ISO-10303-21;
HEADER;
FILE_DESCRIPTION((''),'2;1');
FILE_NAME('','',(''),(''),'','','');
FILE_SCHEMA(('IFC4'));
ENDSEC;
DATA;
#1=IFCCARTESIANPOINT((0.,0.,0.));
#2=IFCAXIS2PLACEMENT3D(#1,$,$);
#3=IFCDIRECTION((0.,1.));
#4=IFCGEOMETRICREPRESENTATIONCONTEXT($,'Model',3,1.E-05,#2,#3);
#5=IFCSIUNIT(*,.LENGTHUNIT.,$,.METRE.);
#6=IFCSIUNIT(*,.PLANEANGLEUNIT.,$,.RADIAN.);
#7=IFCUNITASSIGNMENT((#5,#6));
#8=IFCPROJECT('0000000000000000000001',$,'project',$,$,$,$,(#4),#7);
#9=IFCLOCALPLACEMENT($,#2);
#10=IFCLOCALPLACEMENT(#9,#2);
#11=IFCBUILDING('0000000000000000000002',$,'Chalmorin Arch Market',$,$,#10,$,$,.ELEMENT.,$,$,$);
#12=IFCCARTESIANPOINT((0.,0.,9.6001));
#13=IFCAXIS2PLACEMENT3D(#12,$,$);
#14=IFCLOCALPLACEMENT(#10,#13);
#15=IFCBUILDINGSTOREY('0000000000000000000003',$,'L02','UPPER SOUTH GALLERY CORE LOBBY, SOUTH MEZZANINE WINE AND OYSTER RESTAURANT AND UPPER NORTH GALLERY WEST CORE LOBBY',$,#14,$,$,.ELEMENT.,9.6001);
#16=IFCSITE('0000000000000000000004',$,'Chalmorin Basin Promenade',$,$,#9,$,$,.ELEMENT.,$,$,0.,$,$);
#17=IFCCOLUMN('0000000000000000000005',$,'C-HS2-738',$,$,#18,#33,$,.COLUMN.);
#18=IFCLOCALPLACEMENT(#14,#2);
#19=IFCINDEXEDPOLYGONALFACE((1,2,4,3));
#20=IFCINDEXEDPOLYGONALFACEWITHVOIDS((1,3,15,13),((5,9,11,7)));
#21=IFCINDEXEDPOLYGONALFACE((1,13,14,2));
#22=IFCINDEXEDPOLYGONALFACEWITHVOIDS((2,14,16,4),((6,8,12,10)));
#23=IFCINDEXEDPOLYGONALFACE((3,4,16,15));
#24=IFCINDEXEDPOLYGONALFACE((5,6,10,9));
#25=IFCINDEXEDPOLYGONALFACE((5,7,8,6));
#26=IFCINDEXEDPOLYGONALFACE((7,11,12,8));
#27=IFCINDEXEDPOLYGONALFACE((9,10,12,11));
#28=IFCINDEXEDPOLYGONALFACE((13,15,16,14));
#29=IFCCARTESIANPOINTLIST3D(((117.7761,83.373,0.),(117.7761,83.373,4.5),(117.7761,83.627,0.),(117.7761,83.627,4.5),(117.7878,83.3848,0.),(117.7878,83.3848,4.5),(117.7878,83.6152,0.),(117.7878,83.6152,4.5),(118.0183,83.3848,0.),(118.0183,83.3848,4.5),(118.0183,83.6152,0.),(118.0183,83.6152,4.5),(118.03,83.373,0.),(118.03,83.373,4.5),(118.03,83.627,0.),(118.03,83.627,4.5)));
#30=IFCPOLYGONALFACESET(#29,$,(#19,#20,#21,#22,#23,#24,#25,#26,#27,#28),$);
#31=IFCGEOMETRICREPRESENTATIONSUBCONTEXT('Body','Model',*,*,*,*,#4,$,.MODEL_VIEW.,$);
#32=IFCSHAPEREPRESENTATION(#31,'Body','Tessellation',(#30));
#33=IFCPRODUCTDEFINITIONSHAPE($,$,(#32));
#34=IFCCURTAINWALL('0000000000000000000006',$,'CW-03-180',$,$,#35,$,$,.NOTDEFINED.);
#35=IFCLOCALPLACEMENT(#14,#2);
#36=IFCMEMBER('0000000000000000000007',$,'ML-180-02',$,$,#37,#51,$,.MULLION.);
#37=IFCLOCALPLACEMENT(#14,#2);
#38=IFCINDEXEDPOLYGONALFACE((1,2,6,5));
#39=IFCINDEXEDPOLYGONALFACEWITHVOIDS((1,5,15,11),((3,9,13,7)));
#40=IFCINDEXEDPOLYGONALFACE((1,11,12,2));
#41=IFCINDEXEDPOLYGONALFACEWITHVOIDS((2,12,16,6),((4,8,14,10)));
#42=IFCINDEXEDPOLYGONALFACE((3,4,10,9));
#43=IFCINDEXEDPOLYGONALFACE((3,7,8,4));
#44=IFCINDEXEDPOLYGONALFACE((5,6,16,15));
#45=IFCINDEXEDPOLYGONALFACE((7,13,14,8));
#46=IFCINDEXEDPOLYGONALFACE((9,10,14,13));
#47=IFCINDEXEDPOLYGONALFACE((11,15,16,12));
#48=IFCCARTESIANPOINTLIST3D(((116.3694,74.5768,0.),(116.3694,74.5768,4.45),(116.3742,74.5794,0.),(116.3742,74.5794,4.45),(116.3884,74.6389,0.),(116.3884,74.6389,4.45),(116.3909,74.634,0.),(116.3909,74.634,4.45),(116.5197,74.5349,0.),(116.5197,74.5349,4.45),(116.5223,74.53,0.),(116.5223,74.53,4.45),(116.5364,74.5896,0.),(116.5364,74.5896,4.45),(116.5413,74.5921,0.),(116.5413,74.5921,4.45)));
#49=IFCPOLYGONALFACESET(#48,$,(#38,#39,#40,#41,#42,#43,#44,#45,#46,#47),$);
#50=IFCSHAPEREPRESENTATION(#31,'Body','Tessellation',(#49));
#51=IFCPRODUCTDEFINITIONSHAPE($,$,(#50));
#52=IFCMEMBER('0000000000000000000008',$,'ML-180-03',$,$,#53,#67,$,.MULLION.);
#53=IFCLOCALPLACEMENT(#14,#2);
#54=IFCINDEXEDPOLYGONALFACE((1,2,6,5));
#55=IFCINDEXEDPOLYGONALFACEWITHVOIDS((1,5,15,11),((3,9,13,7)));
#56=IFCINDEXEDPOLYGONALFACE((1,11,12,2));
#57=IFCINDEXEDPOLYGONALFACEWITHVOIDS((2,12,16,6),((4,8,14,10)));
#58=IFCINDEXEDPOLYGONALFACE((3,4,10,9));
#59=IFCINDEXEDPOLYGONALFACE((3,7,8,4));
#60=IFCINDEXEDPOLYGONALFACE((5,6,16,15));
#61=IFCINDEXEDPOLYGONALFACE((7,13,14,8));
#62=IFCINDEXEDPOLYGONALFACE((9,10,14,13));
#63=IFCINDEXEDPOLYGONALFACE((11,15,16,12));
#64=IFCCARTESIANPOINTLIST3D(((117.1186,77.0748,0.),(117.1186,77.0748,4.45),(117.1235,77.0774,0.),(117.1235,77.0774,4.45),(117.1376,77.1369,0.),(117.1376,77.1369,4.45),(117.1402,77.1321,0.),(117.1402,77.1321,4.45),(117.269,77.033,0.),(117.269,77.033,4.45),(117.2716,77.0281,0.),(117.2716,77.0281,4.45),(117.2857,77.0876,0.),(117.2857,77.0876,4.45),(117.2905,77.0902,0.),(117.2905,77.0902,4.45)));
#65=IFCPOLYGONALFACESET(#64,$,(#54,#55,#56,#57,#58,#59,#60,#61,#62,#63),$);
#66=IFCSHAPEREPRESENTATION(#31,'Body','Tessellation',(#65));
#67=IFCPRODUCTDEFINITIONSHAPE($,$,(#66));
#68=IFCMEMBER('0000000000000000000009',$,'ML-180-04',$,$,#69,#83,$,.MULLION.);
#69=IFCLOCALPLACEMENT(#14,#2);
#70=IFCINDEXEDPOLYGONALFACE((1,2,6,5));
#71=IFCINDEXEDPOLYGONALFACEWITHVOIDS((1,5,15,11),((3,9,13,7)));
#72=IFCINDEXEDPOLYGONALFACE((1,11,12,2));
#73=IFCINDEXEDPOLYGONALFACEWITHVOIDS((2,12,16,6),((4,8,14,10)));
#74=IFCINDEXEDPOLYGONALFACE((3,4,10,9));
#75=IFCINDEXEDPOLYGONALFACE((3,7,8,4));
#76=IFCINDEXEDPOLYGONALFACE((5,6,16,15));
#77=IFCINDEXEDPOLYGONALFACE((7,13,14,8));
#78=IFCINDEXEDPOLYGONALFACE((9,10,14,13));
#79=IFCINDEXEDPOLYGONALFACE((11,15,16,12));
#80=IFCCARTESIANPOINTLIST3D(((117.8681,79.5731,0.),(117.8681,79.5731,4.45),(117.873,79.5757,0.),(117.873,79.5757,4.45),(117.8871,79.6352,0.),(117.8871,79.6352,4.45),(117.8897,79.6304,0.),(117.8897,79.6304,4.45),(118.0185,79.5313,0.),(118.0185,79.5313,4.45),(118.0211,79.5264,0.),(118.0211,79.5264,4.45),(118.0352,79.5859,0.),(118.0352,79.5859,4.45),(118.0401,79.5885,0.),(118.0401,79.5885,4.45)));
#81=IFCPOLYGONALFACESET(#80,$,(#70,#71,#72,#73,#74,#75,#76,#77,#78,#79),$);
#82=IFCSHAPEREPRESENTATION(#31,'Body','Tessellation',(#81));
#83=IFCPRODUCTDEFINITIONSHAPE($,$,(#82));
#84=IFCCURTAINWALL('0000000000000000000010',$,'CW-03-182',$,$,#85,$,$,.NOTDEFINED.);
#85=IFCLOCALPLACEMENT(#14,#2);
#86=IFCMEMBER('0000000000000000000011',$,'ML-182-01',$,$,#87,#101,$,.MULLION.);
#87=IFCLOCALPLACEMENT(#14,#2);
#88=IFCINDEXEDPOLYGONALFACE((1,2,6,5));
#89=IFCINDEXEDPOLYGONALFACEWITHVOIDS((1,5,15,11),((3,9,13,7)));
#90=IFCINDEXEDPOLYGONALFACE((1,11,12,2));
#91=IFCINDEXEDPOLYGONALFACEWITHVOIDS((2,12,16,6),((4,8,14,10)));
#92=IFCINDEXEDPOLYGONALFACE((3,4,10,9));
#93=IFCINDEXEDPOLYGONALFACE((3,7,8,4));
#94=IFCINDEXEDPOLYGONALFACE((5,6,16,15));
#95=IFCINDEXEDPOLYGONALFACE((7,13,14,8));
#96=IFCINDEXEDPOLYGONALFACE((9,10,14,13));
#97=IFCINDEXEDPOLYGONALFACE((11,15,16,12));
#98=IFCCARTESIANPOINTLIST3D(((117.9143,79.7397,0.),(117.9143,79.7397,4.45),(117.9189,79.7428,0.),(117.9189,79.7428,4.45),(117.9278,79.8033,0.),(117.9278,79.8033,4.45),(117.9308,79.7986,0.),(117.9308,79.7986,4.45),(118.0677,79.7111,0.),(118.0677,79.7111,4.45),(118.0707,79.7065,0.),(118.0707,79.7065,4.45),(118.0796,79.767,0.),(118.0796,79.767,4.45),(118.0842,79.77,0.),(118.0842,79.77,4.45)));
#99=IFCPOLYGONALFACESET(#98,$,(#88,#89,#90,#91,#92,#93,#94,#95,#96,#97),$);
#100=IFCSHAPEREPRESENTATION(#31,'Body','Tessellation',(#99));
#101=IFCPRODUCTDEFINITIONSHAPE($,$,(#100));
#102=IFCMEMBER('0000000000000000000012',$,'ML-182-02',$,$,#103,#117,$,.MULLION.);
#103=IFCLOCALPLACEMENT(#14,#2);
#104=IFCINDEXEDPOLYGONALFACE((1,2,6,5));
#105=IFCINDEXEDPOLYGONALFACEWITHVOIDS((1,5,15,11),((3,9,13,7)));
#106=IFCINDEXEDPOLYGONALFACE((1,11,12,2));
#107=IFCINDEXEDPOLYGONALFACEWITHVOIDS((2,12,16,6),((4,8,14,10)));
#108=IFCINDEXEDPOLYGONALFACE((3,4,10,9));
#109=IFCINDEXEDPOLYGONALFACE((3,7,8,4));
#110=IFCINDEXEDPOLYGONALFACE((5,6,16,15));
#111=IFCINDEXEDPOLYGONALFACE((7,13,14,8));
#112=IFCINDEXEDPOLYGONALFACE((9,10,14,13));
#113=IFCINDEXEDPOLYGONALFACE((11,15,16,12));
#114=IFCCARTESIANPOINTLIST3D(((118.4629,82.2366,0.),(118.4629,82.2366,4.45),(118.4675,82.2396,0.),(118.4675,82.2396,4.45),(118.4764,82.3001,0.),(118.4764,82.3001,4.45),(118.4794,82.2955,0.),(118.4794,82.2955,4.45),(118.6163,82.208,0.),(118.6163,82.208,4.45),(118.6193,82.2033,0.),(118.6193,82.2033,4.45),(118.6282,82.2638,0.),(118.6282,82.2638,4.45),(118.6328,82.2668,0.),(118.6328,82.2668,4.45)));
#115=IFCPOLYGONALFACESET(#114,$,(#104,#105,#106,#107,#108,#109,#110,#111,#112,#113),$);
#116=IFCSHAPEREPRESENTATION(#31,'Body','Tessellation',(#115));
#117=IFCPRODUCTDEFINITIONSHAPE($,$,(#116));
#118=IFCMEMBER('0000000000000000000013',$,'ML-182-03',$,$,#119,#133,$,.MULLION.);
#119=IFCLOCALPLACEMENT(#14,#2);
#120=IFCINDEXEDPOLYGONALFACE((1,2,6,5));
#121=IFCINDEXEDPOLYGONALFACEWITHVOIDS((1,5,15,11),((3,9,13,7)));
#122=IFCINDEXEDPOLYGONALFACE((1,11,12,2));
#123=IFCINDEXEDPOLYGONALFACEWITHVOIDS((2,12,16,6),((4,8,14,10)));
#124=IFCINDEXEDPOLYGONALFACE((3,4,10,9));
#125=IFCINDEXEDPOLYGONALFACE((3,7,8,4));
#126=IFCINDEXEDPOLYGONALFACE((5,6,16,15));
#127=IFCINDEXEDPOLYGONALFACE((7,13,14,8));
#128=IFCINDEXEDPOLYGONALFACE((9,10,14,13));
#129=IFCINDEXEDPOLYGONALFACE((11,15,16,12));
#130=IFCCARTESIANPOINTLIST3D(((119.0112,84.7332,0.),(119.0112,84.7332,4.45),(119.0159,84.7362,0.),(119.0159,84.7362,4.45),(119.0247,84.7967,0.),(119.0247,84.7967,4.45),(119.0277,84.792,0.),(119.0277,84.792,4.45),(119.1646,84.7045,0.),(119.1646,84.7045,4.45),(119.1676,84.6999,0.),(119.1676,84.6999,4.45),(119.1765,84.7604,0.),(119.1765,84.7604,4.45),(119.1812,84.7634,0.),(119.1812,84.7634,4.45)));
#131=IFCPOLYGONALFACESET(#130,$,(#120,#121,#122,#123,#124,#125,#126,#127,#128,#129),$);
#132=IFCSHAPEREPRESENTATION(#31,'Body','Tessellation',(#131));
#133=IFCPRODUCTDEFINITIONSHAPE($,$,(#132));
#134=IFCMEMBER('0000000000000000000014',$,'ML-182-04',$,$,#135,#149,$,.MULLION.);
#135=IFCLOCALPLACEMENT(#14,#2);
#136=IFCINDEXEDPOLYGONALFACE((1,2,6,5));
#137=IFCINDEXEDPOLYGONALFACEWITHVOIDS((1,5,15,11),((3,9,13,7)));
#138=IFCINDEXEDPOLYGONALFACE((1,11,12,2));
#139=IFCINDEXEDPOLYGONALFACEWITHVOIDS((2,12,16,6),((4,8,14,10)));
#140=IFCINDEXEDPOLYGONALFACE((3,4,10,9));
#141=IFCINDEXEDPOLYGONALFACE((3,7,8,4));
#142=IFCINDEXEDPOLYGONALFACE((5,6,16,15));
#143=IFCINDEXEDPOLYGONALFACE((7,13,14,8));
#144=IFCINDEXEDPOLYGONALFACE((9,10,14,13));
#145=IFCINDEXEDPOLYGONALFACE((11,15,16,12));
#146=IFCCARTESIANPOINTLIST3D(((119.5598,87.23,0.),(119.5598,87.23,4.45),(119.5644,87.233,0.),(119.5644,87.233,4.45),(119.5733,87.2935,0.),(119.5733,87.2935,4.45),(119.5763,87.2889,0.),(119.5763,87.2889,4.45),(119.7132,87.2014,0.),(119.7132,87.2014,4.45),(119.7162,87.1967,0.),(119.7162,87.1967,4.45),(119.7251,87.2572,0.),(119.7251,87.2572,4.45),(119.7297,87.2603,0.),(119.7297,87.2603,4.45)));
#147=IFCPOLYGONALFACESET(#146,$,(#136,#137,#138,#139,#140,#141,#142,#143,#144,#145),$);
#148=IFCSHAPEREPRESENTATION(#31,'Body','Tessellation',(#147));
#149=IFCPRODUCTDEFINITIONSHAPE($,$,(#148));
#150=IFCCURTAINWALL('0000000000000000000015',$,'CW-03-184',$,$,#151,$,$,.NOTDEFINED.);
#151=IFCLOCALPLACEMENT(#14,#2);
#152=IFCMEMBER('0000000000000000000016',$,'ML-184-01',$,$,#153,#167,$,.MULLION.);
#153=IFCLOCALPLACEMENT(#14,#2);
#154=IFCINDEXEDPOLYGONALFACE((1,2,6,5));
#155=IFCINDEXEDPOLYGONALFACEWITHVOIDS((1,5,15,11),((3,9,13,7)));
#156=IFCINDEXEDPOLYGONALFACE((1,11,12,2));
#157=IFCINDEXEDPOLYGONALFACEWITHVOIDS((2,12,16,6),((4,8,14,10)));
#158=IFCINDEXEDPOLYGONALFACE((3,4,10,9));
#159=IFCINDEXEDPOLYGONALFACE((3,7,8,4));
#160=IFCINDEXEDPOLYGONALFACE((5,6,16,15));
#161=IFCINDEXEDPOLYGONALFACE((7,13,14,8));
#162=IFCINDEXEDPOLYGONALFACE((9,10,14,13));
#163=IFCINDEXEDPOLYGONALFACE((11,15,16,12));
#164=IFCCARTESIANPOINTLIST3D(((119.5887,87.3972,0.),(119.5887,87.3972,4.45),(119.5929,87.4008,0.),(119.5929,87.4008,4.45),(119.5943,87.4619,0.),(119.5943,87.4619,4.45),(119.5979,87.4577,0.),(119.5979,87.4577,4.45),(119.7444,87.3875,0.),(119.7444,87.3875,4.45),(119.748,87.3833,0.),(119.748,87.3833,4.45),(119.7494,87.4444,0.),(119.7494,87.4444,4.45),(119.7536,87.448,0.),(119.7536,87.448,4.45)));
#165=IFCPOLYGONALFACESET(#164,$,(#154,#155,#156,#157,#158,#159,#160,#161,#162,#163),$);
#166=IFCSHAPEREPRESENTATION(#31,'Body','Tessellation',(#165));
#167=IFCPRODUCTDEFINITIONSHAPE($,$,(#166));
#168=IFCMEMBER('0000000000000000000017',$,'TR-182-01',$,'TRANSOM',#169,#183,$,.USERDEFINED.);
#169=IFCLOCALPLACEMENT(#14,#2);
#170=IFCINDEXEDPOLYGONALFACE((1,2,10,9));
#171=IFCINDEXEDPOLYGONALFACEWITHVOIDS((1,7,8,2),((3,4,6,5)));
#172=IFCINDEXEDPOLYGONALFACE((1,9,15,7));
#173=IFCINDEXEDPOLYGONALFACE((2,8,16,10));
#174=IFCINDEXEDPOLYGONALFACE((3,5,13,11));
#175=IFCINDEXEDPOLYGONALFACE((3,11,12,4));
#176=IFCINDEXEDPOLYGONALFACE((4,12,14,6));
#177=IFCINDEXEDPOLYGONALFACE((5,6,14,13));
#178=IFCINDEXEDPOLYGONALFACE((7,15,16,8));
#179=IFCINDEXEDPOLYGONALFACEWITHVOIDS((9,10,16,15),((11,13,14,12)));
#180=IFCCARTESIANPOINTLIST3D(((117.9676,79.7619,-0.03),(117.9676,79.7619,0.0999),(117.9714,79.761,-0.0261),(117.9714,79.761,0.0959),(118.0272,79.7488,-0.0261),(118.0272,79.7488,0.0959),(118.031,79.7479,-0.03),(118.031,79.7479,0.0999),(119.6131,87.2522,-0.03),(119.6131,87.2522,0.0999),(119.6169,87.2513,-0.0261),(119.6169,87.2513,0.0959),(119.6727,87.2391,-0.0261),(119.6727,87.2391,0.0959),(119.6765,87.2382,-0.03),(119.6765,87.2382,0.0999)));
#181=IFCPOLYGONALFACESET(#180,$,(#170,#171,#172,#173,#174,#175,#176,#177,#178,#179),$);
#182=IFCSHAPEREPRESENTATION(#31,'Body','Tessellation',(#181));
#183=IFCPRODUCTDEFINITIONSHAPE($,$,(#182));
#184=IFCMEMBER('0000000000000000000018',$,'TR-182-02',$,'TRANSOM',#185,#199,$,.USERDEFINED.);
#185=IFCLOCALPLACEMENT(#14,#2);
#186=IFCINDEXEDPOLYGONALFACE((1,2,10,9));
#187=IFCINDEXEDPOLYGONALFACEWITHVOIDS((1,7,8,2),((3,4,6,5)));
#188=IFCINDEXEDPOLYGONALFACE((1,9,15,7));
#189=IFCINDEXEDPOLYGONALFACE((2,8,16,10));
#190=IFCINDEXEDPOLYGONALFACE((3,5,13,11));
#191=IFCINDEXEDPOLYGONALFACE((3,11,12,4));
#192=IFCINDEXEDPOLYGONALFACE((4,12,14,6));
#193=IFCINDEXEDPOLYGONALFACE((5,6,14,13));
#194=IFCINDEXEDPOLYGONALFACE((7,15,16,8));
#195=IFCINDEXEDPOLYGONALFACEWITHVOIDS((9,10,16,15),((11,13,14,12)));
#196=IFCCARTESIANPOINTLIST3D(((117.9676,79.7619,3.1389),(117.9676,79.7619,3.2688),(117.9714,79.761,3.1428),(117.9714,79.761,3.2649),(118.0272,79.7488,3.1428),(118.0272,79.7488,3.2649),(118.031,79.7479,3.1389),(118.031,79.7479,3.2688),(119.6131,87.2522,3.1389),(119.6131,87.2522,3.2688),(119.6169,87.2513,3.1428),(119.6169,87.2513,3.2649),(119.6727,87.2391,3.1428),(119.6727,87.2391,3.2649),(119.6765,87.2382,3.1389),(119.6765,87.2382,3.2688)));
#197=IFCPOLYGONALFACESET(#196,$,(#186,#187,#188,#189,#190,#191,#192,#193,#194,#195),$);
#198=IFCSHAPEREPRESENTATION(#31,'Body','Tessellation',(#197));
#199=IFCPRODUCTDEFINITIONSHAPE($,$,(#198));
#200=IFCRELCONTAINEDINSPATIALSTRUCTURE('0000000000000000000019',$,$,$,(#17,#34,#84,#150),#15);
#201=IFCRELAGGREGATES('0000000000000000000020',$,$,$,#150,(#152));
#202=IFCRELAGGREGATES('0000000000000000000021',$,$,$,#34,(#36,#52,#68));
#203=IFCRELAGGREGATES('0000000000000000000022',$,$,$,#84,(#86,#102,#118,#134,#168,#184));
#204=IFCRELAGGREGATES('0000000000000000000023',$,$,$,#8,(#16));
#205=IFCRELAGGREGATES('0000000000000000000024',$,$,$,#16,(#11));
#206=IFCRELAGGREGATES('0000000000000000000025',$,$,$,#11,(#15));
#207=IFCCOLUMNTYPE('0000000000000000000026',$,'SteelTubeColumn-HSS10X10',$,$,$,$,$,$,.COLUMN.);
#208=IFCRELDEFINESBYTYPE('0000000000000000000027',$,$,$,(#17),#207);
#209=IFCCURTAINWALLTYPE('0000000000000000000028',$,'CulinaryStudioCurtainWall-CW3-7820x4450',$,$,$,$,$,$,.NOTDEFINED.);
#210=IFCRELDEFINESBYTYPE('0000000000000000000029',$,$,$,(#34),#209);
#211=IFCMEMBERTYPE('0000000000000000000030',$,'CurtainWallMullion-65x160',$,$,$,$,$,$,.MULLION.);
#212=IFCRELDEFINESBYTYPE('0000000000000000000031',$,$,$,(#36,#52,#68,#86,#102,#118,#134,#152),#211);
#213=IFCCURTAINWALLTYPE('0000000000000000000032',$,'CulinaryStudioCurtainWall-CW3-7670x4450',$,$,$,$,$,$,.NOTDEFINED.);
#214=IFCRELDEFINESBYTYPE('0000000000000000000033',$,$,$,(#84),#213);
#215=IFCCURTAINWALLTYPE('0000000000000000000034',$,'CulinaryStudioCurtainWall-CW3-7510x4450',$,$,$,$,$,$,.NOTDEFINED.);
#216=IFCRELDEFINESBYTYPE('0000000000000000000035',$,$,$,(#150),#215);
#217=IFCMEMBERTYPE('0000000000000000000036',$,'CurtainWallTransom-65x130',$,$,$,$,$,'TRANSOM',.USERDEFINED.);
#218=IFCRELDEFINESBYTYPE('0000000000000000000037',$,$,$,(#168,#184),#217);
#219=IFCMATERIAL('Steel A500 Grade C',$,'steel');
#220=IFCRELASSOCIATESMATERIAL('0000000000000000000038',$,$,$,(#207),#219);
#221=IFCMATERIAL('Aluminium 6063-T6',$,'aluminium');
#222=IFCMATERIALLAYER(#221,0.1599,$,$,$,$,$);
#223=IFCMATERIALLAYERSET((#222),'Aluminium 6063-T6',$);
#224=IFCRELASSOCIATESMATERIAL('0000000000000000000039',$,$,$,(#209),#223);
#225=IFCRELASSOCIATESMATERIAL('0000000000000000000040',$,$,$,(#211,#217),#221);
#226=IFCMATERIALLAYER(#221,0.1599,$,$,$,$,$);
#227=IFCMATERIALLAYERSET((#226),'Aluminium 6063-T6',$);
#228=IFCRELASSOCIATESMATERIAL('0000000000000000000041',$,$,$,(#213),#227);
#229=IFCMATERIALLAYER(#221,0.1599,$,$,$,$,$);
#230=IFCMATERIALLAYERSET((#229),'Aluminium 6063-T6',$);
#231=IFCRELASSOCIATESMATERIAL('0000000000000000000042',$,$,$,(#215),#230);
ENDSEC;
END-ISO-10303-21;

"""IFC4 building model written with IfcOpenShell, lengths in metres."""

from ifc_helpers import new_model, si_unit, direction, frame, origin, origin_2d, place, context, subcontext, project, spatial, hollow_rectangle, extrude, material, layer, layer_set, material_profile, profile_set, type_object, element, aggregate, save


model = new_model("IFC4")

# Units and contexts
model_context = context("Model", 3, precision=1e-05, world=origin(), true_north=direction((0.0, 1.0)))
body_context = subcontext(model_context, "Body", "Model", "MODEL_VIEW")
ifc_project = project(units=[si_unit("LENGTHUNIT", "METRE"), si_unit("PLANEANGLEUNIT", "RADIAN")], contexts=[model_context])

# Site, building, storey
site_placement = place(None, origin())
site = spatial("IfcSite", under=ifc_project, at=site_placement, Name="Chalmorin Basin Promenade", CompositionType="ELEMENT", RefElevation=0.0)
building_placement = place(site_placement, origin())
building = spatial("IfcBuilding", under=site, at=building_placement, Name="Chalmorin Arch Market", CompositionType="ELEMENT")
storey_placement = place(building_placement, frame((0.0, 0.0, 9.6001)))
storey = spatial("IfcBuildingStorey", under=building, at=storey_placement, Name="L02", Description="UPPER SOUTH GALLERY CORE LOBBY, SOUTH MEZZANINE WINE AND OYSTER RESTAURANT AND UPPER NORTH GALLERY WEST CORE LOBBY", CompositionType="ELEMENT", Elevation=9.6001)

# Column
ifc_material_1 = material(Name="Steel A500 Grade C", Category="steel")
ifc_material_profile_1 = material_profile(ifc_material_1, hollow_rectangle(XDim=0.2539, YDim=0.2539, WallThickness=0.0117, at=origin_2d()), Name="HSS10X10X1/2")
ifc_profile_set_1 = profile_set([ifc_material_profile_1], Name="Steel A500 Grade C")
column_type = type_object("IfcColumnType", Name="SteelTubeColumn-HSS10X10", PredefinedType="COLUMN", material=ifc_profile_set_1)
column_placement = place(storey_placement, frame((117.9031, 83.5, 0.0), z_axis=(0.0, 0.0, 1.0), x_axis=(1.0, 0.0, 0.0)))
element("IfcColumn", 1, at=column_placement, inside=storey, type_object=column_type, Name="C-HS2-738", PredefinedType="COLUMN", context=body_context, shape_type="SweptSolid", body=[
    extrude(hollow_rectangle(XDim=0.2539, YDim=0.2539, WallThickness=0.0117, at=origin_2d()), origin(), (0.0, 0.0, 1.0), 4.5),
])

# Curtain walls, members
ifc_material_2 = material(Name="Aluminium 6063-T6", Category="aluminium")
ifc_layer_1 = layer(ifc_material_2, 0.1599)
ifc_layer_set_1 = layer_set([ifc_layer_1], Name="Aluminium 6063-T6")
curtain_wall_type_1 = type_object("IfcCurtainWallType", Name="CulinaryStudioCurtainWall-CW3-7820x4450", PredefinedType="NOTDEFINED", material=ifc_layer_set_1)
curtain_wall_1_placement = place(storey_placement, origin())
curtain_wall_1 = element("IfcCurtainWall", 2, at=curtain_wall_1_placement, inside=storey, type_object=curtain_wall_type_1, Name="CW-03-180", PredefinedType="NOTDEFINED")
ifc_material_profile_2 = material_profile(ifc_material_2, hollow_rectangle(XDim=0.0649, YDim=0.1599, WallThickness=0.0039, at=origin_2d()), Name="ALU65X160X4")
ifc_profile_set_2 = profile_set([ifc_material_profile_2], Name="Aluminium 6063-T6")
member_type_1 = type_object("IfcMemberType", Name="CurtainWallMullion-65x160", PredefinedType="MULLION", material=ifc_profile_set_2)
member_1_placement = place(storey_placement, frame((116.4553, 74.5845, 0.0), z_axis=(0.0, 0.0, 1.0), x_axis=(0.292372, 0.956305, 0.0)))
member_1 = element("IfcMember", 3, at=member_1_placement, type_object=member_type_1, Name="ML-180-02", PredefinedType="MULLION", context=body_context, shape_type="SweptSolid", body=[
    extrude(hollow_rectangle(XDim=0.0649, YDim=0.1599, WallThickness=0.0039, at=origin_2d()), origin(), (0.0, 0.0, 1.0), 4.45),
])
member_2_placement = place(storey_placement, frame((117.2046, 77.0825, 0.0), z_axis=(0.0, 0.0, 1.0), x_axis=(0.292372, 0.956305, 0.0)))
member_2 = element("IfcMember", 4, at=member_2_placement, type_object=member_type_1, Name="ML-180-03", PredefinedType="MULLION", context=body_context, shape_type="SweptSolid", body=[
    extrude(hollow_rectangle(XDim=0.0649, YDim=0.1599, WallThickness=0.0039, at=origin_2d()), origin(), (0.0, 0.0, 1.0), 4.45),
])
member_3_placement = place(storey_placement, frame((117.9541, 79.5808, 0.0), z_axis=(0.0, 0.0, 1.0), x_axis=(0.292372, 0.956305, 0.0)))
member_3 = element("IfcMember", 5, at=member_3_placement, type_object=member_type_1, Name="ML-180-04", PredefinedType="MULLION", context=body_context, shape_type="SweptSolid", body=[
    extrude(hollow_rectangle(XDim=0.0649, YDim=0.1599, WallThickness=0.0039, at=origin_2d()), origin(), (0.0, 0.0, 1.0), 4.45),
])
ifc_layer_2 = layer(ifc_material_2, 0.1599)
ifc_layer_set_2 = layer_set([ifc_layer_2], Name="Aluminium 6063-T6")
curtain_wall_type_2 = type_object("IfcCurtainWallType", Name="CulinaryStudioCurtainWall-CW3-7670x4450", PredefinedType="NOTDEFINED", material=ifc_layer_set_2)
curtain_wall_2_placement = place(storey_placement, origin())
curtain_wall_2 = element("IfcCurtainWall", 6, at=curtain_wall_2_placement, inside=storey, type_object=curtain_wall_type_2, Name="CW-03-182", PredefinedType="NOTDEFINED")
member_4_placement = place(storey_placement, frame((117.9993, 79.7549, 0.0), z_axis=(0.0, 0.0, 1.0), x_axis=(0.207912, 0.978148, 0.0)))
member_4 = element("IfcMember", 7, at=member_4_placement, type_object=member_type_1, Name="ML-182-01", PredefinedType="MULLION", context=body_context, shape_type="SweptSolid", body=[
    extrude(hollow_rectangle(XDim=0.0649, YDim=0.1599, WallThickness=0.0039, at=origin_2d()), origin(), (0.0, 0.0, 1.0), 4.45),
])
member_5_placement = place(storey_placement, frame((118.5479, 82.2517, 0.0), z_axis=(0.0, 0.0, 1.0), x_axis=(0.207912, 0.978148, 0.0)))
member_5 = element("IfcMember", 8, at=member_5_placement, type_object=member_type_1, Name="ML-182-02", PredefinedType="MULLION", context=body_context, shape_type="SweptSolid", body=[
    extrude(hollow_rectangle(XDim=0.0649, YDim=0.1599, WallThickness=0.0039, at=origin_2d()), origin(), (0.0, 0.0, 1.0), 4.45),
])
member_6_placement = place(storey_placement, frame((119.0962, 84.7483, 0.0), z_axis=(0.0, 0.0, 1.0), x_axis=(0.207912, 0.978148, 0.0)))
member_6 = element("IfcMember", 9, at=member_6_placement, type_object=member_type_1, Name="ML-182-03", PredefinedType="MULLION", context=body_context, shape_type="SweptSolid", body=[
    extrude(hollow_rectangle(XDim=0.0649, YDim=0.1599, WallThickness=0.0039, at=origin_2d()), origin(), (0.0, 0.0, 1.0), 4.45),
])
member_7_placement = place(storey_placement, frame((119.6448, 87.2451, 0.0), z_axis=(0.0, 0.0, 1.0), x_axis=(0.207912, 0.978148, 0.0)))
member_7 = element("IfcMember", 10, at=member_7_placement, type_object=member_type_1, Name="ML-182-04", PredefinedType="MULLION", context=body_context, shape_type="SweptSolid", body=[
    extrude(hollow_rectangle(XDim=0.0649, YDim=0.1599, WallThickness=0.0039, at=origin_2d()), origin(), (0.0, 0.0, 1.0), 4.45),
])

# Curtain wall, member
ifc_layer_3 = layer(ifc_material_2, 0.1599)
ifc_layer_set_3 = layer_set([ifc_layer_3], Name="Aluminium 6063-T6")
curtain_wall_type_3 = type_object("IfcCurtainWallType", Name="CulinaryStudioCurtainWall-CW3-7510x4450", PredefinedType="NOTDEFINED", material=ifc_layer_set_3)
curtain_wall_3_placement = place(storey_placement, origin())
curtain_wall_3 = element("IfcCurtainWall", 11, at=curtain_wall_3_placement, inside=storey, type_object=curtain_wall_type_3, Name="CW-03-184", PredefinedType="NOTDEFINED")
member_8_placement = place(storey_placement, frame((119.6711, 87.4226, 0.0), z_axis=(0.0, 0.0, 1.0), x_axis=(0.087156, 0.996195, 0.0)))
member_8 = element("IfcMember", 12, at=member_8_placement, type_object=member_type_1, Name="ML-184-01", PredefinedType="MULLION", context=body_context, shape_type="SweptSolid", body=[
    extrude(hollow_rectangle(XDim=0.0649, YDim=0.1599, WallThickness=0.0039, at=origin_2d()), origin(), (0.0, 0.0, 1.0), 4.45),
])

# Members
ifc_material_profile_3 = material_profile(ifc_material_2, hollow_rectangle(XDim=0.0649, YDim=0.1299, WallThickness=0.0039, at=origin_2d()), Name="ALU65X130X4")
ifc_profile_set_3 = profile_set([ifc_material_profile_3], Name="Aluminium 6063-T6")
member_type_2 = type_object("IfcMemberType", Name="CurtainWallTransom-65x130", ElementType="TRANSOM", PredefinedType="USERDEFINED", material=ifc_profile_set_3)
member_9_placement = place(storey_placement, frame((117.9993, 79.7549, 0.0349), z_axis=(0.21457, 0.976709, 0.0), x_axis=(-0.976709, 0.21457, 0.0)))
member_9 = element("IfcMember", 13, at=member_9_placement, type_object=member_type_2, Name="TR-182-01", ObjectType="TRANSOM", PredefinedType="USERDEFINED", context=body_context, shape_type="SweptSolid", body=[
    extrude(hollow_rectangle(XDim=0.0649, YDim=0.1299, WallThickness=0.0039, at=origin_2d()), origin(), (0.0, 0.0, 1.0), 7.6689),
])
member_10_placement = place(storey_placement, frame((117.9993, 79.7549, 3.2039), z_axis=(0.21457, 0.976709, 0.0), x_axis=(-0.976709, 0.21457, 0.0)))
member_10 = element("IfcMember", 14, at=member_10_placement, type_object=member_type_2, Name="TR-182-02", ObjectType="TRANSOM", PredefinedType="USERDEFINED", context=body_context, shape_type="SweptSolid", body=[
    extrude(hollow_rectangle(XDim=0.0649, YDim=0.1299, WallThickness=0.0039, at=origin_2d()), origin(), (0.0, 0.0, 1.0), 7.6689),
])
aggregate(curtain_wall_3, [member_8])

aggregate(curtain_wall_1, [member_1, member_2, member_3])
aggregate(curtain_wall_2, [member_4, member_5, member_6, member_7, member_9, member_10])

save(model, "model.ifc")
